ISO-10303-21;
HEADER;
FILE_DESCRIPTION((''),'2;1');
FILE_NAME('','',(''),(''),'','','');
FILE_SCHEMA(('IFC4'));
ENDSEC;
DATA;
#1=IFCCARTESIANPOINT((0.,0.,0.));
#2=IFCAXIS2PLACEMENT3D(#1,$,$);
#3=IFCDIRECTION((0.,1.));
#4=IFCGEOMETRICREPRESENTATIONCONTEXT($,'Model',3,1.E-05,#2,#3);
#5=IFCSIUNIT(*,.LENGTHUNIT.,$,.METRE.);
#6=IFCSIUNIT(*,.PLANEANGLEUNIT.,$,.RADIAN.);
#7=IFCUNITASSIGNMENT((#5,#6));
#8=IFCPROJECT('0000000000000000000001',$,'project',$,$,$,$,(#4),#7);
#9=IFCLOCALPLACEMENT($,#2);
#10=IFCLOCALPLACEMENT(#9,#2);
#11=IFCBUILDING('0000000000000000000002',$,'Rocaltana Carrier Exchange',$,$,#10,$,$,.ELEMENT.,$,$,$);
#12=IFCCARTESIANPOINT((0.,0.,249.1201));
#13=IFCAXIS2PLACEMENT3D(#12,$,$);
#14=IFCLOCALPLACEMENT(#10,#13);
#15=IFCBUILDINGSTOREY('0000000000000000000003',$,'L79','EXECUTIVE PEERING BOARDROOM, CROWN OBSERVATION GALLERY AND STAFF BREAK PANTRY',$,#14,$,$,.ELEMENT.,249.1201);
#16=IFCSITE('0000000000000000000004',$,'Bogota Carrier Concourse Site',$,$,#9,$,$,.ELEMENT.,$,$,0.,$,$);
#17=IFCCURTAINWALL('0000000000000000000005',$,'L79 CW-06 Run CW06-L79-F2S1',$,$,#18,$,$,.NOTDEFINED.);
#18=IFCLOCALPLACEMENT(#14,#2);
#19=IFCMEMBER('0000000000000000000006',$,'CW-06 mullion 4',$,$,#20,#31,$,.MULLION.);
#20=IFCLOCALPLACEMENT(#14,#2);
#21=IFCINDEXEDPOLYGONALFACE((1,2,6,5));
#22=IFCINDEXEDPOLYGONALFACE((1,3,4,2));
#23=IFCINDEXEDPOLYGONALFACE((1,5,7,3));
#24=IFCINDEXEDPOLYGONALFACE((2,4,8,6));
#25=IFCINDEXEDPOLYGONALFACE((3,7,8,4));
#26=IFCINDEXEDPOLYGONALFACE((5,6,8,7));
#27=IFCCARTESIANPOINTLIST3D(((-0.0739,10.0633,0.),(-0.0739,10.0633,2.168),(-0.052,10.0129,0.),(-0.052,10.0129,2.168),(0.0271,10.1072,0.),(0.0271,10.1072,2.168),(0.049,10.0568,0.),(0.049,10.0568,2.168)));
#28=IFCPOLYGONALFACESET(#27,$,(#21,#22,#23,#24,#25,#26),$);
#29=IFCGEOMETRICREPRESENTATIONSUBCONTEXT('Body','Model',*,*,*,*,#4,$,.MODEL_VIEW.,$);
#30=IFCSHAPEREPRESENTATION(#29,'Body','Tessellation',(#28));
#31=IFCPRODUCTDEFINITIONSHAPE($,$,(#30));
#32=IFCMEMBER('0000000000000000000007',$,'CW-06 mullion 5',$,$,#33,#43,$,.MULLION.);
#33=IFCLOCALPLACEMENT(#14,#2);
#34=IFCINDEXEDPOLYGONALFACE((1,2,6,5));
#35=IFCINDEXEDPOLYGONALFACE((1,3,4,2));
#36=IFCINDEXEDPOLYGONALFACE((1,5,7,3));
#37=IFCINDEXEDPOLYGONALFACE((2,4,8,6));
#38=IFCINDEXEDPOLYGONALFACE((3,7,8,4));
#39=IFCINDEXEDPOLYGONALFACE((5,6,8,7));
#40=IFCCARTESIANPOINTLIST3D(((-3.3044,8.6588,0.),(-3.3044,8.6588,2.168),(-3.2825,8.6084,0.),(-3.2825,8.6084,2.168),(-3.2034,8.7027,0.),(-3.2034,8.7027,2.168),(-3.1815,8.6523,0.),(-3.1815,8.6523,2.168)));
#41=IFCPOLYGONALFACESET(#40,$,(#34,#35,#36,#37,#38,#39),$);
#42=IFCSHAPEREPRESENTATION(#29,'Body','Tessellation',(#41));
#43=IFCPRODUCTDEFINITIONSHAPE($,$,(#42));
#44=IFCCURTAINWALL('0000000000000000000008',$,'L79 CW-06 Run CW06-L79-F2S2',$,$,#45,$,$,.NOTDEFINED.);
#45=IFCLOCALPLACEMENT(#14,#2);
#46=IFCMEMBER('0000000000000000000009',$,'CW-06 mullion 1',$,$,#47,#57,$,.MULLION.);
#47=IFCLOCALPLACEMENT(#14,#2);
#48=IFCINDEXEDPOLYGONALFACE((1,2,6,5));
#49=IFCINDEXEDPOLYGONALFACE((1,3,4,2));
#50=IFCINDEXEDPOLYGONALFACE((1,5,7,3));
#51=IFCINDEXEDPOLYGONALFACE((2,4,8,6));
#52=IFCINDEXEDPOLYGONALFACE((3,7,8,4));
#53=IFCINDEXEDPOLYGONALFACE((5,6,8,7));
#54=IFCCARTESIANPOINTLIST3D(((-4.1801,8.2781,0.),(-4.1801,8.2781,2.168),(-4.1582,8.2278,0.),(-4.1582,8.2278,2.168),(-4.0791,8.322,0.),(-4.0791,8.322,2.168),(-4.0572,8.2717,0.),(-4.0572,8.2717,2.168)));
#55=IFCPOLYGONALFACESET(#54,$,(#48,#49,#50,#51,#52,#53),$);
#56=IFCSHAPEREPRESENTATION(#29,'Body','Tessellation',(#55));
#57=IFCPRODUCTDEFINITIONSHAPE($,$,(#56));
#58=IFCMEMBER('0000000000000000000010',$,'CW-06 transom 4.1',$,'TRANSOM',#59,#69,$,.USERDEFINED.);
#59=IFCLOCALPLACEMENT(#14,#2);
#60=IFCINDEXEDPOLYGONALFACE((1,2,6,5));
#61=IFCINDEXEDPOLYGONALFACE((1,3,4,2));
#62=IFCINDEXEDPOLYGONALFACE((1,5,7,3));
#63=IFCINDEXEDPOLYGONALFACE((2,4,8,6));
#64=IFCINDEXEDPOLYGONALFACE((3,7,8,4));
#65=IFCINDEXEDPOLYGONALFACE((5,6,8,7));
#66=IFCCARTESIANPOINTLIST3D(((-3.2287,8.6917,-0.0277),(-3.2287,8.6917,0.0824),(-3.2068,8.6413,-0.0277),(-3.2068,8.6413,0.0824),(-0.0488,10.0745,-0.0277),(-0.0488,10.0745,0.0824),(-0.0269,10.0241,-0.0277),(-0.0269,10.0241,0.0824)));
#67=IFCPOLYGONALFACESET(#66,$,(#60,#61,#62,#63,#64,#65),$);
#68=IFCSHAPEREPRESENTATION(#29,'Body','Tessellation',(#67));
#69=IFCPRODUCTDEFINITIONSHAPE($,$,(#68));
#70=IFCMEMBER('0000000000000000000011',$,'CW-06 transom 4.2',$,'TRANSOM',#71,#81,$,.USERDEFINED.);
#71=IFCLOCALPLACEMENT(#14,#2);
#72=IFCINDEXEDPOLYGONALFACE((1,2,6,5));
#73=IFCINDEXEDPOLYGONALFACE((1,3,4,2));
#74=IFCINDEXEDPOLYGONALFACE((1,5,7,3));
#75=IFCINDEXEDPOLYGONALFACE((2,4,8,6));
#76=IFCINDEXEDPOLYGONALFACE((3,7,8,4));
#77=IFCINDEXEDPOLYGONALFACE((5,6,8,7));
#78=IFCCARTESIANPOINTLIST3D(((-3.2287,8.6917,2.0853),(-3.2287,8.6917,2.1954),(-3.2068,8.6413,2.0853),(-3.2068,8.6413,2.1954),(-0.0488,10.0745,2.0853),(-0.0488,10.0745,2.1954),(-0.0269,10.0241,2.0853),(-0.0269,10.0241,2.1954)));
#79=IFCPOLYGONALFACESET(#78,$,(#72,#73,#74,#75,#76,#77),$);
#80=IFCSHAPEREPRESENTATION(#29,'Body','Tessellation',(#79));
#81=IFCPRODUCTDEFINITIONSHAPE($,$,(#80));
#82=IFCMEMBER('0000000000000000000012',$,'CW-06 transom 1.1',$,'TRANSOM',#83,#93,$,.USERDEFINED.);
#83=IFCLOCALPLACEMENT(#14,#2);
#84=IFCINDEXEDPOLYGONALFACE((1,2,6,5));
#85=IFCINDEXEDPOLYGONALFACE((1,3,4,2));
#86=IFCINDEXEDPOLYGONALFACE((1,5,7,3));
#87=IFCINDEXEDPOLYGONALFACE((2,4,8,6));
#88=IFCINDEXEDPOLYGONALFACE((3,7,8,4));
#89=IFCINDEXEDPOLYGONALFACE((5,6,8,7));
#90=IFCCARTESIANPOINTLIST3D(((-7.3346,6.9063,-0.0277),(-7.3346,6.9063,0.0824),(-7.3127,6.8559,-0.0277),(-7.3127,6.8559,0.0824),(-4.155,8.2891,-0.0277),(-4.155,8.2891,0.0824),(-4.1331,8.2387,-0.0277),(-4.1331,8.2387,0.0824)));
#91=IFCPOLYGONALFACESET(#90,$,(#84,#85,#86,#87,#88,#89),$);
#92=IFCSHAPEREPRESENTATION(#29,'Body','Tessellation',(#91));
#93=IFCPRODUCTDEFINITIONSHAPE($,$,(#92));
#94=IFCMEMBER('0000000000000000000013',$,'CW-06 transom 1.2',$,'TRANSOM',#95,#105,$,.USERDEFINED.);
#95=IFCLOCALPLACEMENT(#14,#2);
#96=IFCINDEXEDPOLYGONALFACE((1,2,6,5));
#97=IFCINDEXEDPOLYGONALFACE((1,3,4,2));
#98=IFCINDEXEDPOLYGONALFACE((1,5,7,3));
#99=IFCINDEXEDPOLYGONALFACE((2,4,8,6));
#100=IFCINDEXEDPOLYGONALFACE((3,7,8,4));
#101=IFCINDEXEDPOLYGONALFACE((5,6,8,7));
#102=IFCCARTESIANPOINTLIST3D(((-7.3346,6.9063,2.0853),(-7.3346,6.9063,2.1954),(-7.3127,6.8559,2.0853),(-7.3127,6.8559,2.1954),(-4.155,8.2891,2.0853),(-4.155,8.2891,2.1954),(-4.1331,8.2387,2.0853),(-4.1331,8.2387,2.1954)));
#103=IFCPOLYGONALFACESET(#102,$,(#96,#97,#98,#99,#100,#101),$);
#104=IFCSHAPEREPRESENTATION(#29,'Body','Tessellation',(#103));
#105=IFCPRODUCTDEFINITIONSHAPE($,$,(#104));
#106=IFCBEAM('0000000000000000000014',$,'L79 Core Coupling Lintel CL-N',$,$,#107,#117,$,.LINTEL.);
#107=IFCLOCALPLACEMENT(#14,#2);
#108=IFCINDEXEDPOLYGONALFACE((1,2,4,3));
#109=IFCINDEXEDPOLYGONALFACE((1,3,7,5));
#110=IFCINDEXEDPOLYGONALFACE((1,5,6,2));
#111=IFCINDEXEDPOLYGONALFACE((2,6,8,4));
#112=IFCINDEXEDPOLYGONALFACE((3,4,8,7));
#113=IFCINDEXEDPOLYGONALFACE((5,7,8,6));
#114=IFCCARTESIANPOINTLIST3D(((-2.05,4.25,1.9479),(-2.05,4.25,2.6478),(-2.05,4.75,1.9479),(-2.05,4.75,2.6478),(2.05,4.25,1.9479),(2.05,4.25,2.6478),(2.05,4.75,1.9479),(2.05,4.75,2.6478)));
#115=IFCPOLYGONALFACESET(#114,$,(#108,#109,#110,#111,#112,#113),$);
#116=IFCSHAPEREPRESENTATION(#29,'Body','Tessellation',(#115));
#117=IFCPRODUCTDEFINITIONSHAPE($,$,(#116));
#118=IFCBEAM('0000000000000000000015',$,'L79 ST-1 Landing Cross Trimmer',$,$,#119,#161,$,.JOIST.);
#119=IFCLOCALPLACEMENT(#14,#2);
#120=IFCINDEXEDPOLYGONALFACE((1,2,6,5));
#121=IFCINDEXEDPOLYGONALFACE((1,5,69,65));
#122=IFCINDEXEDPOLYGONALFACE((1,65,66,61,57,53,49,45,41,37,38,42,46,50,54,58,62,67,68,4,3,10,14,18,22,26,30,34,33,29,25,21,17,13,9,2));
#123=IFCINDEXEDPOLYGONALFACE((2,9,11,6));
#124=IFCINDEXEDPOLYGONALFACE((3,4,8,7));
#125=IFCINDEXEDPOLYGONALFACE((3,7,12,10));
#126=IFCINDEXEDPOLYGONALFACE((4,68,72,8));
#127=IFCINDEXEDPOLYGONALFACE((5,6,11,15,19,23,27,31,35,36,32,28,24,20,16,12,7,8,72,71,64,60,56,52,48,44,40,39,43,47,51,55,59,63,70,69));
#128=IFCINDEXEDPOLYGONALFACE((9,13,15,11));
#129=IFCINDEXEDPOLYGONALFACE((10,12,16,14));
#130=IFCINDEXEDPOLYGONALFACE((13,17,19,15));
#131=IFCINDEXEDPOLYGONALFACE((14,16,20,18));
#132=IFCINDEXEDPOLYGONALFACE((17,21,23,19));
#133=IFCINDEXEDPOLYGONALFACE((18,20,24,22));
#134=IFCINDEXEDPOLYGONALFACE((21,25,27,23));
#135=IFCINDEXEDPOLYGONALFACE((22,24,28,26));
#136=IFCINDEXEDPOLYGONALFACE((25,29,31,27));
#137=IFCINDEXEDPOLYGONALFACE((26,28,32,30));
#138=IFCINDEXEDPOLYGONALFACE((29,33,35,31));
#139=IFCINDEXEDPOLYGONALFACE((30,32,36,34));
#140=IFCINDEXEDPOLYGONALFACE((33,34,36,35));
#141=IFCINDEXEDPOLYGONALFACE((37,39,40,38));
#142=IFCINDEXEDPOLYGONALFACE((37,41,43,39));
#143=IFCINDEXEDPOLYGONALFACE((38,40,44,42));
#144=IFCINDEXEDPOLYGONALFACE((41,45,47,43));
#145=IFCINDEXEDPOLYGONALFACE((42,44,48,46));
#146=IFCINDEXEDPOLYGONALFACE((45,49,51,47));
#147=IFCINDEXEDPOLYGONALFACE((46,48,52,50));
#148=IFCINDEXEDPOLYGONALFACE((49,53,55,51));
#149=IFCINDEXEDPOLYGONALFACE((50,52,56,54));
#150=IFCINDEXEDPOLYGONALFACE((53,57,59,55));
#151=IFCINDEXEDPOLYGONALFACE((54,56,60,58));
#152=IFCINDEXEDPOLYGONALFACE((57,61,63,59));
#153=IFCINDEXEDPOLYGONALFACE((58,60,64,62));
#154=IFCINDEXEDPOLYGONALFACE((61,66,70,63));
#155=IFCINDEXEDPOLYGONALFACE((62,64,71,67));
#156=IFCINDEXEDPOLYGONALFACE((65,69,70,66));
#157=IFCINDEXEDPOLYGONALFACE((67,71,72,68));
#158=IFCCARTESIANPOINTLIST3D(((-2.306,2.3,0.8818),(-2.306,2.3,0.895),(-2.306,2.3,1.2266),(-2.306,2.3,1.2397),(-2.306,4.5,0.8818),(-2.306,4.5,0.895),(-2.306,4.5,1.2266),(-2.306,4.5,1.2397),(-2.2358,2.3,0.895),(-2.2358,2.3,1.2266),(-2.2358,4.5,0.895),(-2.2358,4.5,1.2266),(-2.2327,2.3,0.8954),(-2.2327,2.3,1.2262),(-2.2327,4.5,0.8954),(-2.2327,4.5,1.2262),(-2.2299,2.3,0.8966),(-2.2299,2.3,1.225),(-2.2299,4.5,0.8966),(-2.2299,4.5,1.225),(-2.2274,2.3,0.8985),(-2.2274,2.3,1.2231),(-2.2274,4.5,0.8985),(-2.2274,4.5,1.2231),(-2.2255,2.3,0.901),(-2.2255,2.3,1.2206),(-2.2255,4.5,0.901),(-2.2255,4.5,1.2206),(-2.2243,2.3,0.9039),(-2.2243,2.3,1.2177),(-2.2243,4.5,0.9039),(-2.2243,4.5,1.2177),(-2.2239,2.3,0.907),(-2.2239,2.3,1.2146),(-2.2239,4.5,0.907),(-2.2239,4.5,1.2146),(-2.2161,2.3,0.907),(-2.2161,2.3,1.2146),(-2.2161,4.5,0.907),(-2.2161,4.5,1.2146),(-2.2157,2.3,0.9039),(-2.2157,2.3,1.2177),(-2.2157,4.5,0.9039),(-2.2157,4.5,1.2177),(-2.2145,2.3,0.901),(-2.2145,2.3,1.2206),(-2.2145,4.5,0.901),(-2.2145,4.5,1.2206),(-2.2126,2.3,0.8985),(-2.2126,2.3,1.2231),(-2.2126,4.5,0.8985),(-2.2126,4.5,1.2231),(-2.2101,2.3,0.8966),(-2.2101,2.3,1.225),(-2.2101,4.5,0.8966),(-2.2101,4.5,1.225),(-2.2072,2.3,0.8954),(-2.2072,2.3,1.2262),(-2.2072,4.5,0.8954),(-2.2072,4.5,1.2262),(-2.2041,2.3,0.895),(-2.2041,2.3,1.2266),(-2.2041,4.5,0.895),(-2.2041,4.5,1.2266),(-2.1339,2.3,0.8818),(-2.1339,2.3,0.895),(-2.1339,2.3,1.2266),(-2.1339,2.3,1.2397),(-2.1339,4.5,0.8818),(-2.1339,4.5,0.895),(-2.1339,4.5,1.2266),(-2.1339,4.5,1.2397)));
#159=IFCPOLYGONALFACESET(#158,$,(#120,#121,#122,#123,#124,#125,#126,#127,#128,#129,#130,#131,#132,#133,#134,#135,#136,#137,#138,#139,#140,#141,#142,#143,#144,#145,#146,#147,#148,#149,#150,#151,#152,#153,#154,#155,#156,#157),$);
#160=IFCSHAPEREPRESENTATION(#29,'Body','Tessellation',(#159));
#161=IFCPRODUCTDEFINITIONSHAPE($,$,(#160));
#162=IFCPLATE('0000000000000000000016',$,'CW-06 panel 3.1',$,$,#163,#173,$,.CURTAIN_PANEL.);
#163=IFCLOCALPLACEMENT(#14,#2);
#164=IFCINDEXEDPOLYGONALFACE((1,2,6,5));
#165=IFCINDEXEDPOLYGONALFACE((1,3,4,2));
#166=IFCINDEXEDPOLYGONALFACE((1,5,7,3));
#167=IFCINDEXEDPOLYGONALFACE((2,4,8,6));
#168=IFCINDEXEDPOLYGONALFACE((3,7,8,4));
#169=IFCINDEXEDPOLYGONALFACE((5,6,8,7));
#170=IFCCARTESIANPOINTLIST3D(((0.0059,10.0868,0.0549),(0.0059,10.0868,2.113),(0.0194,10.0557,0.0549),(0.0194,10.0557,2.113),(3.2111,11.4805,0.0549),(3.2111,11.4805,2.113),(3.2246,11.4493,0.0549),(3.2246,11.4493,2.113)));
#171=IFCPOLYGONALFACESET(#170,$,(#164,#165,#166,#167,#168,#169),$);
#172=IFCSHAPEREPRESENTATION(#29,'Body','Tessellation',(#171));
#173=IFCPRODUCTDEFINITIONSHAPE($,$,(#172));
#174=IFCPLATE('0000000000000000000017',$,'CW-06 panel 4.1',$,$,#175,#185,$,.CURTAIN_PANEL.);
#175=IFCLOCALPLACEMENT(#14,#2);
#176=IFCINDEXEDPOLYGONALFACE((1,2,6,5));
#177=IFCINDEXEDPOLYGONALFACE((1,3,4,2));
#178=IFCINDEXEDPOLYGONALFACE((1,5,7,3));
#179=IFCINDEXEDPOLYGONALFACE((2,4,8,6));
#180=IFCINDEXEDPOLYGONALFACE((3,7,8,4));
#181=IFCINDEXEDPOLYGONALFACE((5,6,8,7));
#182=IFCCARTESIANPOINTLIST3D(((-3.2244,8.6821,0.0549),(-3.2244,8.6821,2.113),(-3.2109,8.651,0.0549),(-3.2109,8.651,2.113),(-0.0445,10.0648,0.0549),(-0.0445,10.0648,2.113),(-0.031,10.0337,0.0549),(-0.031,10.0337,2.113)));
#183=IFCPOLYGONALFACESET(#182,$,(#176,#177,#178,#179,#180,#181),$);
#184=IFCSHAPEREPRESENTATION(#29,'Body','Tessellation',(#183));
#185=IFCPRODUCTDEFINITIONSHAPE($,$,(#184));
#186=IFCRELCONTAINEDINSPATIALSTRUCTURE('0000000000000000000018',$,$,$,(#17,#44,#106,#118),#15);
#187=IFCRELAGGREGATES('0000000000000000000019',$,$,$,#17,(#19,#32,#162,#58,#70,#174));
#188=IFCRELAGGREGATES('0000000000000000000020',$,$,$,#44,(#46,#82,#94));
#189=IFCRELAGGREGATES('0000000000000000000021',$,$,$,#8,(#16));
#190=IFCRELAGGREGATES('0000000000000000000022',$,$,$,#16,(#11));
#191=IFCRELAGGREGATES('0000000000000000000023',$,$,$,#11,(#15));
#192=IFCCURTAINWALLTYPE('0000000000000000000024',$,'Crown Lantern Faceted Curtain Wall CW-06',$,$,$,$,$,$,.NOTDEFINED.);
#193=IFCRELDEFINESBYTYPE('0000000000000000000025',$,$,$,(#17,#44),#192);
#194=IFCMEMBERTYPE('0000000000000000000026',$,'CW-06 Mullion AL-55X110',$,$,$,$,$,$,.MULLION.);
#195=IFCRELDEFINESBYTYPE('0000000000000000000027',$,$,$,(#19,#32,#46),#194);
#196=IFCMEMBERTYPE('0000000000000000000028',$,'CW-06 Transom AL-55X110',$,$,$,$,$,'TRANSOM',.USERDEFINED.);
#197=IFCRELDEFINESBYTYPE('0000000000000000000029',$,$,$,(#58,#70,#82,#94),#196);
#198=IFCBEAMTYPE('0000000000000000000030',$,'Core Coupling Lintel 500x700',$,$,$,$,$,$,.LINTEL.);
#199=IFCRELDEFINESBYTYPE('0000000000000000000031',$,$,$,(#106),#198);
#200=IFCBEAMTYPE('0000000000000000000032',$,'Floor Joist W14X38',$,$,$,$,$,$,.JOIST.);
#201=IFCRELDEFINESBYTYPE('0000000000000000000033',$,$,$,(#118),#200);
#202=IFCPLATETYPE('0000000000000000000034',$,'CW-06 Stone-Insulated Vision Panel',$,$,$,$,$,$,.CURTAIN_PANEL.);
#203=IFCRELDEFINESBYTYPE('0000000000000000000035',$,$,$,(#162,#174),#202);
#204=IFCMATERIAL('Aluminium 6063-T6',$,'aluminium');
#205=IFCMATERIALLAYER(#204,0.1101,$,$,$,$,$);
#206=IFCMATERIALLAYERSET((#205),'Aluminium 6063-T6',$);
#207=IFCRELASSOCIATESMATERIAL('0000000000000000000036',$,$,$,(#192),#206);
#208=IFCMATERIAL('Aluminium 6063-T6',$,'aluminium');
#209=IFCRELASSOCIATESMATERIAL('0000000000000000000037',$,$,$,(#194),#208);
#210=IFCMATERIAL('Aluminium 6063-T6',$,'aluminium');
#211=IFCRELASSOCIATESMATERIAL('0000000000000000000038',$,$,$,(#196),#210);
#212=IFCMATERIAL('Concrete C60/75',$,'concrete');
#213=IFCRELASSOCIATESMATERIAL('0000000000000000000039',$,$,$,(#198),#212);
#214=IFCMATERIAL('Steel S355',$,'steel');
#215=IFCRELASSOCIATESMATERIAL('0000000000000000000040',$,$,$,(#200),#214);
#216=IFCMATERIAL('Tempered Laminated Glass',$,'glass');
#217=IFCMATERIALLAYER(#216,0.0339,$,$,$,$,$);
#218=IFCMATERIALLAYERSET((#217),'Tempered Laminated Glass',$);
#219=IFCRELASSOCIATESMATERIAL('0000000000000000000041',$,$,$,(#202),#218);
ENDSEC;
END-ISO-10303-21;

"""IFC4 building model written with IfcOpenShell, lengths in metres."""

from ifc_helpers import new_model, si_unit, direction, frame, origin, origin_2d, place, context, subcontext, project, spatial, rectangle, i_section, extrude, material, layer, layer_set, material_profile, profile_set, type_object, element, aggregate, save


model = new_model("IFC4")

# Units and contexts
model_context = context("Model", 3, precision=1e-05, world=origin(), true_north=direction((0.0, 1.0)))
body_context = subcontext(model_context, "Body", "Model", "MODEL_VIEW")
ifc_project = project(units=[si_unit("LENGTHUNIT", "METRE"), si_unit("PLANEANGLEUNIT", "RADIAN")], contexts=[model_context])

# Site, building, storey
site_placement = place(None, origin())
site = spatial("IfcSite", under=ifc_project, at=site_placement, Name="Bogota Carrier Concourse Site", CompositionType="ELEMENT", RefElevation=0.0)
building_placement = place(site_placement, origin())
building = spatial("IfcBuilding", under=site, at=building_placement, Name="Rocaltana Carrier Exchange", CompositionType="ELEMENT")
storey_placement = place(building_placement, frame((0.0, 0.0, 249.1201)))
storey = spatial("IfcBuildingStorey", under=building, at=storey_placement, Name="L79", Description="EXECUTIVE PEERING BOARDROOM, CROWN OBSERVATION GALLERY AND STAFF BREAK PANTRY", CompositionType="ELEMENT", Elevation=249.1201)

# Curtain wall, members
ifc_material_1 = material(Name="Aluminium 6063-T6", Category="aluminium")
ifc_layer_1 = layer(ifc_material_1, 0.1101)
ifc_layer_set_1 = layer_set([ifc_layer_1], Name="Aluminium 6063-T6")
curtain_wall_type = type_object("IfcCurtainWallType", Name="Crown Lantern Faceted Curtain Wall CW-06", PredefinedType="NOTDEFINED", material=ifc_layer_set_1)
curtain_wall_1_placement = place(storey_placement, origin())
curtain_wall_1 = element("IfcCurtainWall", 1, at=curtain_wall_1_placement, inside=storey, type_object=curtain_wall_type, Name="L79 CW-06 Run CW06-L79-F2S1", PredefinedType="NOTDEFINED")
ifc_material_2 = material(Name="Aluminium 6063-T6", Category="aluminium")
ifc_material_profile_1 = material_profile(ifc_material_2, rectangle(XDim=0.0549, YDim=0.1101, at=origin_2d()), Name="AL-55X110")
ifc_profile_set_1 = profile_set([ifc_material_profile_1], Name="Aluminium 6063-T6")
member_type_1 = type_object("IfcMemberType", Name="CW-06 Mullion AL-55X110", PredefinedType="MULLION", material=ifc_profile_set_1)
member_1_placement = place(storey_placement, frame((-0.0125, 10.0601, 0.0), z_axis=(0.0, 0.0, 1.0), x_axis=(0.398752, -0.917059, 0.0)))
member_1 = element("IfcMember", 2, at=member_1_placement, type_object=member_type_1, Name="CW-06 mullion 4", PredefinedType="MULLION", context=body_context, shape_type="SweptSolid", body=[
    extrude(rectangle(XDim=0.0549, YDim=0.1101, at=origin_2d()), origin(), (0.0, 0.0, 1.0), 2.168),
])
member_2_placement = place(storey_placement, frame((-3.2429, 8.6555, 0.0), z_axis=(0.0, 0.0, 1.0), x_axis=(0.398752, -0.917059, 0.0)))
member_2 = element("IfcMember", 3, at=member_2_placement, type_object=member_type_1, Name="CW-06 mullion 5", PredefinedType="MULLION", context=body_context, shape_type="SweptSolid", body=[
    extrude(rectangle(XDim=0.0549, YDim=0.1101, at=origin_2d()), origin(), (0.0, 0.0, 1.0), 2.168),
])

# Curtain wall, member
curtain_wall_2_placement = place(storey_placement, origin())
curtain_wall_2 = element("IfcCurtainWall", 4, at=curtain_wall_2_placement, inside=storey, type_object=curtain_wall_type, Name="L79 CW-06 Run CW06-L79-F2S2", PredefinedType="NOTDEFINED")
member_3_placement = place(storey_placement, frame((-4.1187, 8.2749, 0.0), z_axis=(0.0, 0.0, 1.0), x_axis=(0.398754, -0.917058, 0.0)))
member_3 = element("IfcMember", 5, at=member_3_placement, type_object=member_type_1, Name="CW-06 mullion 1", PredefinedType="MULLION", context=body_context, shape_type="SweptSolid", body=[
    extrude(rectangle(XDim=0.0549, YDim=0.1101, at=origin_2d()), origin(), (0.0, 0.0, 1.0), 2.168),
])

# Members
ifc_material_3 = material(Name="Aluminium 6063-T6", Category="aluminium")
ifc_material_profile_2 = material_profile(ifc_material_3, rectangle(XDim=0.0549, YDim=0.1101, at=origin_2d()), Name="AL-55X110")
ifc_profile_set_2 = profile_set([ifc_material_profile_2], Name="Aluminium 6063-T6")
member_type_2 = type_object("IfcMemberType", Name="CW-06 Transom AL-55X110", ElementType="TRANSOM", PredefinedType="USERDEFINED", material=ifc_profile_set_2)
member_4_placement = place(storey_placement, frame((-0.0378, 10.0493, 0.0273), z_axis=(-0.917045, -0.398783, 0.0), x_axis=(0.398783, -0.917045, 0.0)))
member_4 = element("IfcMember", 6, at=member_4_placement, type_object=member_type_2, Name="CW-06 transom 4.1", ObjectType="TRANSOM", PredefinedType="USERDEFINED", context=body_context, shape_type="SweptSolid", body=[
    extrude(rectangle(XDim=0.0549, YDim=0.1101, at=origin_2d()), origin(), (0.0, 0.0, 1.0), 3.4675),
])
member_5_placement = place(storey_placement, frame((-0.0378, 10.0493, 2.1404), z_axis=(-0.917045, -0.398783, 0.0), x_axis=(0.398783, -0.917045, 0.0)))
member_5 = element("IfcMember", 7, at=member_5_placement, type_object=member_type_2, Name="CW-06 transom 4.2", ObjectType="TRANSOM", PredefinedType="USERDEFINED", context=body_context, shape_type="SweptSolid", body=[
    extrude(rectangle(XDim=0.0549, YDim=0.1101, at=origin_2d()), origin(), (0.0, 0.0, 1.0), 3.4675),
])
member_6_placement = place(storey_placement, frame((-4.144, 8.2639, 0.0273), z_axis=(-0.917034, -0.398808, 0.0), x_axis=(0.398808, -0.917034, 0.0)))
member_6 = element("IfcMember", 8, at=member_6_placement, type_object=member_type_2, Name="CW-06 transom 1.1", ObjectType="TRANSOM", PredefinedType="USERDEFINED", context=body_context, shape_type="SweptSolid", body=[
    extrude(rectangle(XDim=0.0549, YDim=0.1101, at=origin_2d()), origin(), (0.0, 0.0, 1.0), 3.4673),
])
member_7_placement = place(storey_placement, frame((-4.144, 8.2639, 2.1404), z_axis=(-0.917034, -0.398808, 0.0), x_axis=(0.398808, -0.917034, 0.0)))
member_7 = element("IfcMember", 9, at=member_7_placement, type_object=member_type_2, Name="CW-06 transom 1.2", ObjectType="TRANSOM", PredefinedType="USERDEFINED", context=body_context, shape_type="SweptSolid", body=[
    extrude(rectangle(XDim=0.0549, YDim=0.1101, at=origin_2d()), origin(), (0.0, 0.0, 1.0), 3.4673),
])

# Beams
ifc_material_4 = material(Name="Concrete C60/75", Category="concrete")
ifc_material_profile_3 = material_profile(ifc_material_4, rectangle(XDim=0.5, YDim=0.7, at=origin_2d()), Name="RC-BM-500X700")
ifc_profile_set_3 = profile_set([ifc_material_profile_3], Name="Concrete C60/75")
beam_type_1 = type_object("IfcBeamType", Name="Core Coupling Lintel 500x700", PredefinedType="LINTEL", material=ifc_profile_set_3)
beam_1_placement = place(storey_placement, frame((-2.05, 4.5, 2.2979), z_axis=(1.0, 0.0, 0.0), x_axis=(0.0, 1.0, 0.0)))
element("IfcBeam", 10, at=beam_1_placement, inside=storey, type_object=beam_type_1, Name="L79 Core Coupling Lintel CL-N", PredefinedType="LINTEL", context=body_context, shape_type="SweptSolid", body=[
    extrude(rectangle(XDim=0.5, YDim=0.7, at=origin_2d()), origin(), (0.0, 0.0, 1.0), 4.1001),
])
ifc_material_5 = material(Name="Steel S355", Category="steel")
ifc_material_profile_4 = material_profile(ifc_material_5, i_section(OverallWidth=0.1721, OverallDepth=0.3579, WebThickness=0.0078, FlangeThickness=0.0132, FilletRadius=0.012, at=origin_2d()), Name="W14X38")
ifc_profile_set_4 = profile_set([ifc_material_profile_4], Name="Steel S355")
beam_type_2 = type_object("IfcBeamType", Name="Floor Joist W14X38", PredefinedType="JOIST", material=ifc_profile_set_4)
beam_2_placement = place(storey_placement, frame((-2.22, 2.3, 1.0608), z_axis=(0.0, 1.0, 0.0), x_axis=(-1.0, 0.0, 0.0)))
element("IfcBeam", 11, at=beam_2_placement, inside=storey, type_object=beam_type_2, Name="L79 ST-1 Landing Cross Trimmer", PredefinedType="JOIST", context=body_context, shape_type="SweptSolid", body=[
    extrude(i_section(OverallWidth=0.1721, OverallDepth=0.3579, WebThickness=0.0078, FlangeThickness=0.0132, FilletRadius=0.012, at=origin_2d()), origin(), (0.0, 0.0, 1.0), 2.2),
])

# Plates
ifc_material_6 = material(Name="Tempered Laminated Glass", Category="glass")
ifc_layer_2 = layer(ifc_material_6, 0.0339)
ifc_layer_set_2 = layer_set([ifc_layer_2], Name="Tempered Laminated Glass")
plate_type = type_object("IfcPlateType", Name="CW-06 Stone-Insulated Vision Panel", PredefinedType="CURTAIN_PANEL", material=ifc_layer_set_2)
plate_1_placement = place(storey_placement, frame((1.6152, 10.7681, 0.0549), z_axis=(0.0, 0.0, 1.0), x_axis=(-0.917059, -0.398752, 0.0)))
plate_1 = element("IfcPlate", 12, at=plate_1_placement, type_object=plate_type, Name="CW-06 panel 3.1", PredefinedType="CURTAIN_PANEL", context=body_context, shape_type="SweptSolid", body=[
    extrude(rectangle(XDim=3.4951, YDim=0.0339, at=origin_2d()), origin(), (0.0, 0.0, 1.0), 2.0581),
])
plate_2_placement = place(storey_placement, frame((-1.6277, 9.3579, 0.0549), z_axis=(0.0, 0.0, 1.0), x_axis=(-0.917059, -0.398752, 0.0)))
plate_2 = element("IfcPlate", 13, at=plate_2_placement, type_object=plate_type, Name="CW-06 panel 4.1", PredefinedType="CURTAIN_PANEL", context=body_context, shape_type="SweptSolid", body=[
    extrude(rectangle(XDim=3.4675, YDim=0.0339, at=origin_2d()), origin(), (0.0, 0.0, 1.0), 2.0581),
])
aggregate(curtain_wall_1, [member_1, member_2, plate_1, member_4, member_5, plate_2])
aggregate(curtain_wall_2, [member_3, member_6, member_7])

save(model, "model.ifc")
